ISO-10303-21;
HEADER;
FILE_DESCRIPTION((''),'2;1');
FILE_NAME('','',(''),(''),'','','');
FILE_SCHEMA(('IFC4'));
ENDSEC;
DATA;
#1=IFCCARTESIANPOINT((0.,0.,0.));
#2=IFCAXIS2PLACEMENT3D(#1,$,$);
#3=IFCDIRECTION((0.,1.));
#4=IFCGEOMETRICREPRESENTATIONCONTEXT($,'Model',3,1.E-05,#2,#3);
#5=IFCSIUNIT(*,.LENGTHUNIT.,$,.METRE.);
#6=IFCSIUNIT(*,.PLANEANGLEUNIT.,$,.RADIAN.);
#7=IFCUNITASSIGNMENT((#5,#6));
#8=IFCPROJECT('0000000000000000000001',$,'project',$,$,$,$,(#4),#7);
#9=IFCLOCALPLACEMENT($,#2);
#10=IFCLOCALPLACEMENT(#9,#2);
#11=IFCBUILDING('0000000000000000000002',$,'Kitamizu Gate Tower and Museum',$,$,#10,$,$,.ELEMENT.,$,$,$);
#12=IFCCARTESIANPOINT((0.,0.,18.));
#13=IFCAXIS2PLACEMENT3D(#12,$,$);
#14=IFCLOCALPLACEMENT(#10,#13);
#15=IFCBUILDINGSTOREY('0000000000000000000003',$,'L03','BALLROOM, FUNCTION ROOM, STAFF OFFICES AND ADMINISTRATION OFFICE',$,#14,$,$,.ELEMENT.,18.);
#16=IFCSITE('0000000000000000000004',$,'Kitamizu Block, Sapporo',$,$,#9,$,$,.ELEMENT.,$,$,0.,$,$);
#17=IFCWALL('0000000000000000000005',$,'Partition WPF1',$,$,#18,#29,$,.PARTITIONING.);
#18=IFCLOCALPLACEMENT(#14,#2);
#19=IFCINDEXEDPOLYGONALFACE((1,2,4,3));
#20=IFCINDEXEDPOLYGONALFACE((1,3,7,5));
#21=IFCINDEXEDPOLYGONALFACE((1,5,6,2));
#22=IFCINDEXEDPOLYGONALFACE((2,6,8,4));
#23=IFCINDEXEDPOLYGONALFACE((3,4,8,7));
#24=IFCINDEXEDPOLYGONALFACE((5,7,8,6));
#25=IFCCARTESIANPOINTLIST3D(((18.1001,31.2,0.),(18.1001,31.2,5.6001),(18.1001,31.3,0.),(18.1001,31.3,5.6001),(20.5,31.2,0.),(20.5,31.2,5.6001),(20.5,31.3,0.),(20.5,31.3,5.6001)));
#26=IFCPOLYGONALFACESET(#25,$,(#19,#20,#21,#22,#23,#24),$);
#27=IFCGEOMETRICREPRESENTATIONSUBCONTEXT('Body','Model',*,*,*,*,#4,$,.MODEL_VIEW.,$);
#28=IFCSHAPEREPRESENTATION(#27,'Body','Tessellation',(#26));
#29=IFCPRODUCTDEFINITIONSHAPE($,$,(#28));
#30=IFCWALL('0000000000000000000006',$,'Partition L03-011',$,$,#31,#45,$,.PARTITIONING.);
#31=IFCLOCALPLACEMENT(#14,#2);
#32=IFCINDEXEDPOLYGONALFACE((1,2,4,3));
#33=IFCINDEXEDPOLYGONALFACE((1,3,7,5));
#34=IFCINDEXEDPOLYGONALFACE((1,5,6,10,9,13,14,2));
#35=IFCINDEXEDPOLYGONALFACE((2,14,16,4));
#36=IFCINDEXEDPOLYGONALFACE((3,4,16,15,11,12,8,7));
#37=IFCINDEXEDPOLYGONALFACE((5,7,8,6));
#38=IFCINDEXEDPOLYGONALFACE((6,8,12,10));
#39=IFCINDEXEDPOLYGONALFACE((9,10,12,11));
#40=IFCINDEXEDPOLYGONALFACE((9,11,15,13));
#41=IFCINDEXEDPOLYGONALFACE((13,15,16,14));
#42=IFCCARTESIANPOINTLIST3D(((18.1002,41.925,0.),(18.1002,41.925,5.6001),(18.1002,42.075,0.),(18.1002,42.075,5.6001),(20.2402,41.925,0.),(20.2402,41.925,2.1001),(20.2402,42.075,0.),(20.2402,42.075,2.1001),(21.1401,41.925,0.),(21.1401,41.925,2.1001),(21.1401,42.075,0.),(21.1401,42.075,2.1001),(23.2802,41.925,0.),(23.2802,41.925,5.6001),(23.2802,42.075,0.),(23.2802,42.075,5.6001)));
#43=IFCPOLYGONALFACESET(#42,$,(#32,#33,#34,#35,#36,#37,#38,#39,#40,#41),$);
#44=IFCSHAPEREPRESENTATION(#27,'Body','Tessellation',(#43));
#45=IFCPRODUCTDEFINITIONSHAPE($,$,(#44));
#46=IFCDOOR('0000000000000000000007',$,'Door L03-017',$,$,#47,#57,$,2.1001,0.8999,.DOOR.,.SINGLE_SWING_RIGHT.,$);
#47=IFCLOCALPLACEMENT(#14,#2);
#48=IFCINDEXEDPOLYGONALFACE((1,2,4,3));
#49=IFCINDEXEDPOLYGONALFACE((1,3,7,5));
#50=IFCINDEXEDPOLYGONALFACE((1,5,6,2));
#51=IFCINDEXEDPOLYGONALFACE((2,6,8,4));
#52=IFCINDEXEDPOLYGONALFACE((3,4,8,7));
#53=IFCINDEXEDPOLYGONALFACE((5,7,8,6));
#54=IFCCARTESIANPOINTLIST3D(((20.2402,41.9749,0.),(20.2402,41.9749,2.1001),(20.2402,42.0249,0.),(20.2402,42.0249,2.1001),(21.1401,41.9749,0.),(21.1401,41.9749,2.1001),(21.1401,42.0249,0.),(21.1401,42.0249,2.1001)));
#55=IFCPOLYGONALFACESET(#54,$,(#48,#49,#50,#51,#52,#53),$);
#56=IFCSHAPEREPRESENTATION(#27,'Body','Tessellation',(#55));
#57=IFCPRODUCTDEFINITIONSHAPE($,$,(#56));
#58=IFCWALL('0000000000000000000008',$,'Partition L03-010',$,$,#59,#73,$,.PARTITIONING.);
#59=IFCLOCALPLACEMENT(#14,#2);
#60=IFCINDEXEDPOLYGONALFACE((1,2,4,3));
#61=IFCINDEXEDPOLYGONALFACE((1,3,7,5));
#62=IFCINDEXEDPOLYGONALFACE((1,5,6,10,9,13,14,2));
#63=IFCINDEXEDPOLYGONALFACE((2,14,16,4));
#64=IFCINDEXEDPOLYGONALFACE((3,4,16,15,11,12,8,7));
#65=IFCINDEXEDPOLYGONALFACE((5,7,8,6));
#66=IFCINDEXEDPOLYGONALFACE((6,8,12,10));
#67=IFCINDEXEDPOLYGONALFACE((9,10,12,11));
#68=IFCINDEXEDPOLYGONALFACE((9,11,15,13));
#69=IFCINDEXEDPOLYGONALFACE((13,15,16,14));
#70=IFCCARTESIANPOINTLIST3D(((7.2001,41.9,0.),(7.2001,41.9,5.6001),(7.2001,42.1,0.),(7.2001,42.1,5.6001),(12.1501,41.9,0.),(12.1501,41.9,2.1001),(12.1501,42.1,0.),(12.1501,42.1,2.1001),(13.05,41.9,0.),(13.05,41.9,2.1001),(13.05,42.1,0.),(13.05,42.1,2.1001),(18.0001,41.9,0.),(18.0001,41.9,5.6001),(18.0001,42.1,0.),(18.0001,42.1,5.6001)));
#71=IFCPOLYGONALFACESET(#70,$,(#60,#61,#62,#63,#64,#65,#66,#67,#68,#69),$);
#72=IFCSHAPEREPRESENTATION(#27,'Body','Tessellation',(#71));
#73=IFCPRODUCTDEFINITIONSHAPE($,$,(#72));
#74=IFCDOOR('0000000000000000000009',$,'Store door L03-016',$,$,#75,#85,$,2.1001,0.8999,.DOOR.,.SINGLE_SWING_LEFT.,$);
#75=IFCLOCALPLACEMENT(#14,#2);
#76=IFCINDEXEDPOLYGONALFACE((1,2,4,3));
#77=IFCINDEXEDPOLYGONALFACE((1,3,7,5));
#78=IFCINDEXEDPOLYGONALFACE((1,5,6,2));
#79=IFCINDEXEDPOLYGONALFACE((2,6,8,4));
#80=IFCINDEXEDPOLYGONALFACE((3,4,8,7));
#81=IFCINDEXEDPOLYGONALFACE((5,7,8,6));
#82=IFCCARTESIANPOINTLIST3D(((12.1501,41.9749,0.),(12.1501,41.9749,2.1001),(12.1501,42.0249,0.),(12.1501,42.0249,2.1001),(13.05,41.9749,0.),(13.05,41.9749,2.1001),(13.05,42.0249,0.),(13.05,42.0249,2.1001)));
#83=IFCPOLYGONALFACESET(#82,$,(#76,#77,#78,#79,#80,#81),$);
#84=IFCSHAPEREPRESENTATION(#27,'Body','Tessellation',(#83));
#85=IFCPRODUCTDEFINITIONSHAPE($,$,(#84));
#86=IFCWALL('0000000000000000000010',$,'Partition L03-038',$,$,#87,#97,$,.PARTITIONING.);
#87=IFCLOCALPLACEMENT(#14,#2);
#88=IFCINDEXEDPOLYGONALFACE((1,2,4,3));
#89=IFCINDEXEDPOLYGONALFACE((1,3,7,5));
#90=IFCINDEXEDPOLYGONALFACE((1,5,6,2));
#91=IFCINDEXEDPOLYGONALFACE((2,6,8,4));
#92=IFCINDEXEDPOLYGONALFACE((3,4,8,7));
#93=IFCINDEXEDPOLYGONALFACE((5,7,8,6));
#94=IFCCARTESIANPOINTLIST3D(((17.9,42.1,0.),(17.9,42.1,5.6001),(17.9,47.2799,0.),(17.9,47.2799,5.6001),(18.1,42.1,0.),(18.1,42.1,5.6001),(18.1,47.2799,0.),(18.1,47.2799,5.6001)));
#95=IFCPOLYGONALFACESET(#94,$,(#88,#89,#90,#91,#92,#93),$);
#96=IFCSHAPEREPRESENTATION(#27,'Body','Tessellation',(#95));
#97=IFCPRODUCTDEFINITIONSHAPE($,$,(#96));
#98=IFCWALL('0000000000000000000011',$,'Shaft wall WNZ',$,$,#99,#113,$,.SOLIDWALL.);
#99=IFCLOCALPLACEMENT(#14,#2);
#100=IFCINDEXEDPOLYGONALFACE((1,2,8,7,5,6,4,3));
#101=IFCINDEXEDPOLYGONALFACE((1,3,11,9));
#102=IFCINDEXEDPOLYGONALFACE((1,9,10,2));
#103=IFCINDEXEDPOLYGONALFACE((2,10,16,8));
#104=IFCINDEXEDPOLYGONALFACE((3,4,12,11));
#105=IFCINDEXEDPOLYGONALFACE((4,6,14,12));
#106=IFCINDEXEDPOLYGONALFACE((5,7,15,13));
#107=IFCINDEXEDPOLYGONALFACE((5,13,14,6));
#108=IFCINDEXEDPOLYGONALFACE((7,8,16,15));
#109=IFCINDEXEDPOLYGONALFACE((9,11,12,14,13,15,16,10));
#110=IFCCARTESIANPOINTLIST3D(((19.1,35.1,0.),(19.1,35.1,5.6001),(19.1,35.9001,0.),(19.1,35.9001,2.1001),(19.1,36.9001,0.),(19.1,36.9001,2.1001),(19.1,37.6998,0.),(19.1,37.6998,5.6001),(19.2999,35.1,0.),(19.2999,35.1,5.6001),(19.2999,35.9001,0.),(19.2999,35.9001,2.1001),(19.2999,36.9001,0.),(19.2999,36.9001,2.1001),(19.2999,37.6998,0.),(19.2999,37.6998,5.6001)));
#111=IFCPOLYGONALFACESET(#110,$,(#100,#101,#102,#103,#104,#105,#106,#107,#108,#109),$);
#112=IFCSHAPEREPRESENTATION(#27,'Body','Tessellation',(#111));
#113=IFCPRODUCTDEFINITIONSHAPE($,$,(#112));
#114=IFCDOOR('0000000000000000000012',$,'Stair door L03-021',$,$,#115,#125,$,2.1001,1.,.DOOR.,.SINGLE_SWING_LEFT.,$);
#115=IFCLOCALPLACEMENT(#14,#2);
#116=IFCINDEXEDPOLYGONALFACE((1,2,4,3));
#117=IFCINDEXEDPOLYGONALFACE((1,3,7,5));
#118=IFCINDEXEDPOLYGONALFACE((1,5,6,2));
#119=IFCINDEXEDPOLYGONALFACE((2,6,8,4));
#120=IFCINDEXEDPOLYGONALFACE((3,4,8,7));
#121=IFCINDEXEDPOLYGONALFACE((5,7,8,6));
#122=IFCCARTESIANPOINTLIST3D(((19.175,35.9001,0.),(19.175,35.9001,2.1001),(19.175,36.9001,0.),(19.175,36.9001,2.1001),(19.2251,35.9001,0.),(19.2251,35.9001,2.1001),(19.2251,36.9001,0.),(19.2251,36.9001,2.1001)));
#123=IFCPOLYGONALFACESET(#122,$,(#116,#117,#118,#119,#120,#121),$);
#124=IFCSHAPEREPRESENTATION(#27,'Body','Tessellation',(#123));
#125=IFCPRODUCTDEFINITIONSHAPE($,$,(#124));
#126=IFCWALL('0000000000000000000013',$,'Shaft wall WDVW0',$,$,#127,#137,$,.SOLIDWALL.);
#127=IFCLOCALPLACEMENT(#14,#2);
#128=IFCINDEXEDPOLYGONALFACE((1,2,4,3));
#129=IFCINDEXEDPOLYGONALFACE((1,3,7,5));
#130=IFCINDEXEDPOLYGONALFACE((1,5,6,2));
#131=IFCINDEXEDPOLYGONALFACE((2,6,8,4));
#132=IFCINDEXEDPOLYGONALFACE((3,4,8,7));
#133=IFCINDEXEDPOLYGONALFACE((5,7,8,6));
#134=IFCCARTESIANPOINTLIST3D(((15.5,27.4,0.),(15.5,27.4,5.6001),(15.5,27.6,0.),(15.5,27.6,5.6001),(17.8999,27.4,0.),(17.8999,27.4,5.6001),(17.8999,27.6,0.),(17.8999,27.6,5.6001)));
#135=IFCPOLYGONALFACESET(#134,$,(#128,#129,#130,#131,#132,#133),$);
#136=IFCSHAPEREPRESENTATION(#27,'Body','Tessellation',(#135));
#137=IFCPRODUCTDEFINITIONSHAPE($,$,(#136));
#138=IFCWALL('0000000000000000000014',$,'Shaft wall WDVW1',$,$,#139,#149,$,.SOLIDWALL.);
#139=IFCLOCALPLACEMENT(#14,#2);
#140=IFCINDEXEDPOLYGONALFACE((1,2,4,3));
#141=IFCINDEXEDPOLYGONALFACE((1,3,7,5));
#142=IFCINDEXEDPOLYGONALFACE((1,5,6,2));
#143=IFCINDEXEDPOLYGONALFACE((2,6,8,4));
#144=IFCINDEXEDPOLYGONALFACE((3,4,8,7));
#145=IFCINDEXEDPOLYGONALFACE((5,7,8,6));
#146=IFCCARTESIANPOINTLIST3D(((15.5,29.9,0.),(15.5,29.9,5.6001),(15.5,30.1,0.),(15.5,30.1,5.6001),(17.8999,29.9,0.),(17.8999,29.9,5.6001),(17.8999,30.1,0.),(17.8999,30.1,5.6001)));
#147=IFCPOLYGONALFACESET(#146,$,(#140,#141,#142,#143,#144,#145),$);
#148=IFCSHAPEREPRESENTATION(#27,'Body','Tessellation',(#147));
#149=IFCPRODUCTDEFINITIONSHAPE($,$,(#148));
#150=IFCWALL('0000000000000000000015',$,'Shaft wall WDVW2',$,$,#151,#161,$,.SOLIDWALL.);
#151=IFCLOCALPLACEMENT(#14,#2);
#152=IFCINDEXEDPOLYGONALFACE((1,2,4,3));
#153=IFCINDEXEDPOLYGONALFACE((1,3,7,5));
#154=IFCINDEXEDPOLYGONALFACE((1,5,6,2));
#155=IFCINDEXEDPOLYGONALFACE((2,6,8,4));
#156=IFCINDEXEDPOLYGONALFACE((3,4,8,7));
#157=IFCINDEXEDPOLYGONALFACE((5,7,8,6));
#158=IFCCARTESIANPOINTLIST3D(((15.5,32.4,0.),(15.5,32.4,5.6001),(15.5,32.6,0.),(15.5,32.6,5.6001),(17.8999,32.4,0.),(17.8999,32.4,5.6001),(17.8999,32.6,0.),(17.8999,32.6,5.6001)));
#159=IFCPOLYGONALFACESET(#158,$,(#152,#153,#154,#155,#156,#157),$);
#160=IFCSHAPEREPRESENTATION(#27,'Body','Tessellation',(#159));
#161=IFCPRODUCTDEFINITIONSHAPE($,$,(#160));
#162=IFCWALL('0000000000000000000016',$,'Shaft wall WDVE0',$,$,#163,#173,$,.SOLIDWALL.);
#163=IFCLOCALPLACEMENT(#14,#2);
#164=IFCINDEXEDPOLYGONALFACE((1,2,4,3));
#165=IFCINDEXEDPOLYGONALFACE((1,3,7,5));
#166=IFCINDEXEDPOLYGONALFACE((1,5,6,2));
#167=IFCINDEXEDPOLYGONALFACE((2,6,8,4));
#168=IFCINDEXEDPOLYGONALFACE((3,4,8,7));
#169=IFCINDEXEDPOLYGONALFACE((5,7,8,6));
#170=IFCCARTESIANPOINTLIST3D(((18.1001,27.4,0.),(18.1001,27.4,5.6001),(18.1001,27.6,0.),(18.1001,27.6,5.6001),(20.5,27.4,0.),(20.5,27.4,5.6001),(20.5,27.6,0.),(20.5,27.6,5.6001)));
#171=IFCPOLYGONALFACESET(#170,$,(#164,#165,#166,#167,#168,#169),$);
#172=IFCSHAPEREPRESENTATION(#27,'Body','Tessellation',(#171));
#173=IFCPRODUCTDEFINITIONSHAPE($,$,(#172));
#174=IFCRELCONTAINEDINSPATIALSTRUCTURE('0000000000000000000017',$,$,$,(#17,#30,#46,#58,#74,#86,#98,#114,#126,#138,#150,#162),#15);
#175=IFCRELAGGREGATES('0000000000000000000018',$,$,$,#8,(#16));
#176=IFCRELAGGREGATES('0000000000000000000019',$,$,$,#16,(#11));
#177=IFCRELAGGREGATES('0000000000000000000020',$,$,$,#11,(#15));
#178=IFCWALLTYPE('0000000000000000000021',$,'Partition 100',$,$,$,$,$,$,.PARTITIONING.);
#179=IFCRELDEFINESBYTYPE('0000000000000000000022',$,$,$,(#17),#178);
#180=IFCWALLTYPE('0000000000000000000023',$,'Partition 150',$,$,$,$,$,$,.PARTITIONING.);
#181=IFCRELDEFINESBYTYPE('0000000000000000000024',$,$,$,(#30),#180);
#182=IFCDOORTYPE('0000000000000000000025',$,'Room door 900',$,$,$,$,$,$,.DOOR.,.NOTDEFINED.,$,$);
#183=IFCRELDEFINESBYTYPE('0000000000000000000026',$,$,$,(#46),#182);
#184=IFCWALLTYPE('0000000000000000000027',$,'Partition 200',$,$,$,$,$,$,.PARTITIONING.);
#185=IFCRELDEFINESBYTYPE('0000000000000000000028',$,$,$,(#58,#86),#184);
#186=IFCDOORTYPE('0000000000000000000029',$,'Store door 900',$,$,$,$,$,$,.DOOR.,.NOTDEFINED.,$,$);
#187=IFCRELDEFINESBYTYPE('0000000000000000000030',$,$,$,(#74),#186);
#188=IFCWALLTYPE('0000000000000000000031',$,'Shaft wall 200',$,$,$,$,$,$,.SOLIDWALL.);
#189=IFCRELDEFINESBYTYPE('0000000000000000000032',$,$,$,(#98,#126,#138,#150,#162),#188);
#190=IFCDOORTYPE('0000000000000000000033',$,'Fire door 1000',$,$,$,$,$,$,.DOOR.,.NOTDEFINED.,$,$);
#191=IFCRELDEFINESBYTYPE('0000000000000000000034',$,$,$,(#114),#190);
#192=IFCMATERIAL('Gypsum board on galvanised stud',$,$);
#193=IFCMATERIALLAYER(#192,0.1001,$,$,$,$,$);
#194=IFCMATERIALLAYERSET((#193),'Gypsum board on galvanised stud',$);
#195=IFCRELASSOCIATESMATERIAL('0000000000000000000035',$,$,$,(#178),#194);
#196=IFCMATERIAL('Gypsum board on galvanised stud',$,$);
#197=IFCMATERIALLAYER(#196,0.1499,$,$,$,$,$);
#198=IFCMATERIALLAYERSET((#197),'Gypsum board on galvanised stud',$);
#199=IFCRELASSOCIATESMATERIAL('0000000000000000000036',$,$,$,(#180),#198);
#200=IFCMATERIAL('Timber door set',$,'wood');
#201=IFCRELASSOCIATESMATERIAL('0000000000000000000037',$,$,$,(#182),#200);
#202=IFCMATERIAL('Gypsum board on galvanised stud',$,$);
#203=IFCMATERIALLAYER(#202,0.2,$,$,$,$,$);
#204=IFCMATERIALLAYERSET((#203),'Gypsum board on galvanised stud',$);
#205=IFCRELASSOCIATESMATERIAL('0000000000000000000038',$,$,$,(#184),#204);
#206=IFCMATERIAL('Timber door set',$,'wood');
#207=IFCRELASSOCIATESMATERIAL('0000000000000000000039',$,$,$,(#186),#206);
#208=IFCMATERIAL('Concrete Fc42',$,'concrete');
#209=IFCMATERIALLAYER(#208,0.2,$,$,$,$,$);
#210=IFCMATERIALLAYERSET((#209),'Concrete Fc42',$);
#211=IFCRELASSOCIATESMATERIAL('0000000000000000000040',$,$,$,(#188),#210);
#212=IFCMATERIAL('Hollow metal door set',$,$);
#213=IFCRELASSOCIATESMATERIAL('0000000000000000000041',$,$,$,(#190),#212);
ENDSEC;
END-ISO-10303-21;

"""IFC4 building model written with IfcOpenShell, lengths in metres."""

from ifc_helpers import new_model, si_unit, direction, frame, frame_2d, origin, place, context, subcontext, project, spatial, rectangle, extrude, material, layer, layer_set, type_object, element, fill, save


model = new_model("IFC4")

# Units and contexts
model_context = context("Model", 3, precision=1e-05, world=origin(), true_north=direction((0.0, 1.0)))
body_context = subcontext(model_context, "Body", "Model", "MODEL_VIEW")
ifc_project = project(units=[si_unit("LENGTHUNIT", "METRE"), si_unit("PLANEANGLEUNIT", "RADIAN")], contexts=[model_context])

# Site, building, storey
site_placement = place(None, origin())
site = spatial("IfcSite", under=ifc_project, at=site_placement, Name="Kitamizu Block, Sapporo", CompositionType="ELEMENT", RefElevation=0.0)
building_placement = place(site_placement, origin())
building = spatial("IfcBuilding", under=site, at=building_placement, Name="Kitamizu Gate Tower and Museum", CompositionType="ELEMENT")
storey_placement = place(building_placement, frame((0.0, 0.0, 18.0)))
storey = spatial("IfcBuildingStorey", under=building, at=storey_placement, Name="L03", Description="BALLROOM, FUNCTION ROOM, STAFF OFFICES AND ADMINISTRATION OFFICE", CompositionType="ELEMENT", Elevation=18.0)

# Wall
ifc_material_1 = material(Name="Gypsum board on galvanised stud")
ifc_layer_1 = layer(ifc_material_1, 0.1001)
ifc_layer_set_1 = layer_set([ifc_layer_1], Name="Gypsum board on galvanised stud")
wall_type_1 = type_object("IfcWallType", Name="Partition 100", PredefinedType="PARTITIONING", material=ifc_layer_set_1)
wall_1_placement = place(storey_placement, frame((18.1001, 31.25, 0.0), z_axis=(0.0, 0.0, 1.0), x_axis=(1.0, 0.0, 0.0)))
element("IfcWall", 1, at=wall_1_placement, inside=storey, type_object=wall_type_1, Name="Partition WPF1", PredefinedType="PARTITIONING", context=body_context, shape_type="SweptSolid", body=[
    extrude(rectangle(XDim=2.3999, YDim=0.1001, at=frame_2d((1.2, 0.0))), origin(), (0.0, 0.0, 1.0), 5.6001),
])

# Walls, openings, doors
ifc_material_2 = material(Name="Gypsum board on galvanised stud")
ifc_layer_2 = layer(ifc_material_2, 0.1499)
ifc_layer_set_2 = layer_set([ifc_layer_2], Name="Gypsum board on galvanised stud")
wall_type_2 = type_object("IfcWallType", Name="Partition 150", PredefinedType="PARTITIONING", material=ifc_layer_set_2)
wall_2_placement = place(storey_placement, frame((23.28, 42.0, 0.0), z_axis=(0.0, 0.0, 1.0), x_axis=(-1.0, 0.0, 0.0)))
wall_2 = element("IfcWall", 2, at=wall_2_placement, inside=storey, type_object=wall_type_2, Name="Partition L03-011", PredefinedType="PARTITIONING", context=body_context, shape_type="SweptSolid", body=[
    extrude(rectangle(XDim=5.1799, YDim=0.1499, at=frame_2d((2.5898, 0.0))), origin(), (0.0, 0.0, 1.0), 5.6001),
])
opening_1_placement = place(wall_2_placement, frame((2.1399, 0.0, 0.0)))
opening_1 = element("IfcOpeningElement", 3, at=opening_1_placement, cuts=wall_2, PredefinedType="OPENING", context=body_context, shape_type="SweptSolid", body=[
    extrude(rectangle(XDim=0.8999, YDim=2.1001, at=frame_2d((0.45, 1.05))), frame((0.0, 0.085, 0.0), z_axis=(0.0, -1.0, 0.0), x_axis=(1.0, 0.0, 0.0)), (0.0, 0.0, 1.0), 0.1699),
])
ifc_material_3 = material(Name="Timber door set", Category="wood")
door_type_1 = type_object("IfcDoorType", Name="Room door 900", OperationType="NOTDEFINED", PredefinedType="DOOR", material=ifc_material_3)
door_1_placement = place(opening_1_placement, frame((0.8999, 0.0, 0.0), x_axis=(-1.0, 0.0, 0.0)))
door_1 = element("IfcDoor", 4, at=door_1_placement, inside=storey, type_object=door_type_1, Name="Door L03-017", OperationType="SINGLE_SWING_RIGHT", OverallHeight=2.1001, OverallWidth=0.8999, PredefinedType="DOOR", context=body_context, shape_type="SweptSolid", body=[
    extrude(rectangle(XDim=0.8999, YDim=2.1001, at=frame_2d((0.45, 1.05))), frame((0.0, 0.0249, 0.0), z_axis=(0.0, -1.0, 0.0), x_axis=(1.0, 0.0, 0.0)), (0.0, 0.0, 1.0), 0.05),
])
fill(opening_1, door_1)
ifc_material_4 = material(Name="Gypsum board on galvanised stud")
ifc_layer_3 = layer(ifc_material_4, 0.2)
ifc_layer_set_3 = layer_set([ifc_layer_3], Name="Gypsum board on galvanised stud")
wall_type_3 = type_object("IfcWallType", Name="Partition 200", PredefinedType="PARTITIONING", material=ifc_layer_set_3)
wall_3_placement = place(storey_placement, frame((18.0, 42.0, 0.0), z_axis=(0.0, 0.0, 1.0), x_axis=(-1.0, 0.0, 0.0)))
wall_3 = element("IfcWall", 5, at=wall_3_placement, inside=storey, type_object=wall_type_3, Name="Partition L03-010", PredefinedType="PARTITIONING", context=body_context, shape_type="SweptSolid", body=[
    extrude(rectangle(XDim=10.8, YDim=0.2, at=frame_2d((5.3999, 0.0))), origin(), (0.0, 0.0, 1.0), 5.6001),
])
opening_2_placement = place(wall_3_placement, frame((4.95, 0.0, 0.0)))
opening_2 = element("IfcOpeningElement", 6, at=opening_2_placement, cuts=wall_3, PredefinedType="OPENING", context=body_context, shape_type="SweptSolid", body=[
    extrude(rectangle(XDim=0.8999, YDim=2.1001, at=frame_2d((0.45, 1.05))), frame((0.0, 0.1099, 0.0), z_axis=(0.0, -1.0, 0.0), x_axis=(1.0, 0.0, 0.0)), (0.0, 0.0, 1.0), 0.22),
])
ifc_material_5 = material(Name="Timber door set", Category="wood")
door_type_2 = type_object("IfcDoorType", Name="Store door 900", OperationType="NOTDEFINED", PredefinedType="DOOR", material=ifc_material_5)
door_2_placement = place(opening_2_placement, frame((0.8999, 0.0, 0.0), x_axis=(-1.0, 0.0, 0.0)))
door_2 = element("IfcDoor", 7, at=door_2_placement, inside=storey, type_object=door_type_2, Name="Store door L03-016", OperationType="SINGLE_SWING_LEFT", OverallHeight=2.1001, OverallWidth=0.8999, PredefinedType="DOOR", context=body_context, shape_type="SweptSolid", body=[
    extrude(rectangle(XDim=0.8999, YDim=2.1001, at=frame_2d((0.45, 1.05))), frame((0.0, 0.0249, 0.0), z_axis=(0.0, -1.0, 0.0), x_axis=(1.0, 0.0, 0.0)), (0.0, 0.0, 1.0), 0.05),
])
fill(opening_2, door_2)

# Wall
wall_4_placement = place(storey_placement, frame((18.0, 42.1001, 0.0), z_axis=(0.0, 0.0, 1.0), x_axis=(0.0, 1.0, 0.0)))
element("IfcWall", 8, at=wall_4_placement, inside=storey, type_object=wall_type_3, Name="Partition L03-038", PredefinedType="PARTITIONING", context=body_context, shape_type="SweptSolid", body=[
    extrude(rectangle(XDim=5.1799, YDim=0.2, at=frame_2d((2.5898, 0.0))), origin(), (0.0, 0.0, 1.0), 5.6001),
])

# Wall, opening, door
ifc_material_6 = material(Name="Concrete Fc42", Category="concrete")
ifc_layer_4 = layer(ifc_material_6, 0.2)
ifc_layer_set_4 = layer_set([ifc_layer_4], Name="Concrete Fc42")
wall_type_4 = type_object("IfcWallType", Name="Shaft wall 200", PredefinedType="SOLIDWALL", material=ifc_layer_set_4)
wall_5_placement = place(storey_placement, frame((19.2, 35.1001, 0.0), z_axis=(0.0, 0.0, 1.0), x_axis=(0.0, 1.0, 0.0)))
wall_5 = element("IfcWall", 9, at=wall_5_placement, inside=storey, type_object=wall_type_4, Name="Shaft wall WNZ", PredefinedType="SOLIDWALL", context=body_context, shape_type="SweptSolid", body=[
    extrude(rectangle(XDim=2.5999, YDim=0.2, at=frame_2d((1.2998, 0.0))), origin(), (0.0, 0.0, 1.0), 5.6001),
])
opening_3_placement = place(wall_5_placement, frame((0.8, 0.0, 0.0)))
opening_3 = element("IfcOpeningElement", 10, at=opening_3_placement, cuts=wall_5, PredefinedType="OPENING", context=body_context, shape_type="SweptSolid", body=[
    extrude(rectangle(XDim=1.0, YDim=2.1001, at=frame_2d((0.5, 1.05))), frame((0.0, 0.1099, 0.0), z_axis=(0.0, -1.0, 0.0), x_axis=(1.0, 0.0, 0.0)), (0.0, 0.0, 1.0), 0.22),
])
ifc_material_7 = material(Name="Hollow metal door set")
door_type_3 = type_object("IfcDoorType", Name="Fire door 1000", OperationType="NOTDEFINED", PredefinedType="DOOR", material=ifc_material_7)
door_3_placement = place(opening_3_placement, origin())
door_3 = element("IfcDoor", 11, at=door_3_placement, inside=storey, type_object=door_type_3, Name="Stair door L03-021", OperationType="SINGLE_SWING_LEFT", OverallHeight=2.1001, OverallWidth=1.0, PredefinedType="DOOR", context=body_context, shape_type="SweptSolid", body=[
    extrude(rectangle(XDim=1.0, YDim=2.1001, at=frame_2d((0.5, 1.05))), frame((0.0, 0.0249, 0.0), z_axis=(0.0, -1.0, 0.0), x_axis=(1.0, 0.0, 0.0)), (0.0, 0.0, 1.0), 0.05),
])
fill(opening_3, door_3)

# Walls
for number, where, z_axis, x_axis, name in (
    (12, (15.5, 27.5, 0.0), (0.0, 0.0, 1.0), (1.0, 0.0, 0.0), "Shaft wall WDVW0"),
    (13, (15.5, 30.0, 0.0), (0.0, 0.0, 1.0), (1.0, 0.0, 0.0), "Shaft wall WDVW1"),
    (14, (15.5, 32.5, 0.0), (0.0, 0.0, 1.0), (1.0, 0.0, 0.0), "Shaft wall WDVW2"),
    (15, (18.1001, 27.5, 0.0), (0.0, 0.0, 1.0), (1.0, 0.0, 0.0), "Shaft wall WDVE0"),
):
    element("IfcWall", number, at=place(storey_placement, frame(where, z_axis=z_axis, x_axis=x_axis)), inside=storey, type_object=wall_type_4, Name=name, PredefinedType="SOLIDWALL", context=body_context, shape_type="SweptSolid", body=[
        extrude(rectangle(XDim=2.3999, YDim=0.2, at=frame_2d((1.2, 0.0))), origin(), (0.0, 0.0, 1.0), 5.6001),
    ])

save(model, "model.ifc")
